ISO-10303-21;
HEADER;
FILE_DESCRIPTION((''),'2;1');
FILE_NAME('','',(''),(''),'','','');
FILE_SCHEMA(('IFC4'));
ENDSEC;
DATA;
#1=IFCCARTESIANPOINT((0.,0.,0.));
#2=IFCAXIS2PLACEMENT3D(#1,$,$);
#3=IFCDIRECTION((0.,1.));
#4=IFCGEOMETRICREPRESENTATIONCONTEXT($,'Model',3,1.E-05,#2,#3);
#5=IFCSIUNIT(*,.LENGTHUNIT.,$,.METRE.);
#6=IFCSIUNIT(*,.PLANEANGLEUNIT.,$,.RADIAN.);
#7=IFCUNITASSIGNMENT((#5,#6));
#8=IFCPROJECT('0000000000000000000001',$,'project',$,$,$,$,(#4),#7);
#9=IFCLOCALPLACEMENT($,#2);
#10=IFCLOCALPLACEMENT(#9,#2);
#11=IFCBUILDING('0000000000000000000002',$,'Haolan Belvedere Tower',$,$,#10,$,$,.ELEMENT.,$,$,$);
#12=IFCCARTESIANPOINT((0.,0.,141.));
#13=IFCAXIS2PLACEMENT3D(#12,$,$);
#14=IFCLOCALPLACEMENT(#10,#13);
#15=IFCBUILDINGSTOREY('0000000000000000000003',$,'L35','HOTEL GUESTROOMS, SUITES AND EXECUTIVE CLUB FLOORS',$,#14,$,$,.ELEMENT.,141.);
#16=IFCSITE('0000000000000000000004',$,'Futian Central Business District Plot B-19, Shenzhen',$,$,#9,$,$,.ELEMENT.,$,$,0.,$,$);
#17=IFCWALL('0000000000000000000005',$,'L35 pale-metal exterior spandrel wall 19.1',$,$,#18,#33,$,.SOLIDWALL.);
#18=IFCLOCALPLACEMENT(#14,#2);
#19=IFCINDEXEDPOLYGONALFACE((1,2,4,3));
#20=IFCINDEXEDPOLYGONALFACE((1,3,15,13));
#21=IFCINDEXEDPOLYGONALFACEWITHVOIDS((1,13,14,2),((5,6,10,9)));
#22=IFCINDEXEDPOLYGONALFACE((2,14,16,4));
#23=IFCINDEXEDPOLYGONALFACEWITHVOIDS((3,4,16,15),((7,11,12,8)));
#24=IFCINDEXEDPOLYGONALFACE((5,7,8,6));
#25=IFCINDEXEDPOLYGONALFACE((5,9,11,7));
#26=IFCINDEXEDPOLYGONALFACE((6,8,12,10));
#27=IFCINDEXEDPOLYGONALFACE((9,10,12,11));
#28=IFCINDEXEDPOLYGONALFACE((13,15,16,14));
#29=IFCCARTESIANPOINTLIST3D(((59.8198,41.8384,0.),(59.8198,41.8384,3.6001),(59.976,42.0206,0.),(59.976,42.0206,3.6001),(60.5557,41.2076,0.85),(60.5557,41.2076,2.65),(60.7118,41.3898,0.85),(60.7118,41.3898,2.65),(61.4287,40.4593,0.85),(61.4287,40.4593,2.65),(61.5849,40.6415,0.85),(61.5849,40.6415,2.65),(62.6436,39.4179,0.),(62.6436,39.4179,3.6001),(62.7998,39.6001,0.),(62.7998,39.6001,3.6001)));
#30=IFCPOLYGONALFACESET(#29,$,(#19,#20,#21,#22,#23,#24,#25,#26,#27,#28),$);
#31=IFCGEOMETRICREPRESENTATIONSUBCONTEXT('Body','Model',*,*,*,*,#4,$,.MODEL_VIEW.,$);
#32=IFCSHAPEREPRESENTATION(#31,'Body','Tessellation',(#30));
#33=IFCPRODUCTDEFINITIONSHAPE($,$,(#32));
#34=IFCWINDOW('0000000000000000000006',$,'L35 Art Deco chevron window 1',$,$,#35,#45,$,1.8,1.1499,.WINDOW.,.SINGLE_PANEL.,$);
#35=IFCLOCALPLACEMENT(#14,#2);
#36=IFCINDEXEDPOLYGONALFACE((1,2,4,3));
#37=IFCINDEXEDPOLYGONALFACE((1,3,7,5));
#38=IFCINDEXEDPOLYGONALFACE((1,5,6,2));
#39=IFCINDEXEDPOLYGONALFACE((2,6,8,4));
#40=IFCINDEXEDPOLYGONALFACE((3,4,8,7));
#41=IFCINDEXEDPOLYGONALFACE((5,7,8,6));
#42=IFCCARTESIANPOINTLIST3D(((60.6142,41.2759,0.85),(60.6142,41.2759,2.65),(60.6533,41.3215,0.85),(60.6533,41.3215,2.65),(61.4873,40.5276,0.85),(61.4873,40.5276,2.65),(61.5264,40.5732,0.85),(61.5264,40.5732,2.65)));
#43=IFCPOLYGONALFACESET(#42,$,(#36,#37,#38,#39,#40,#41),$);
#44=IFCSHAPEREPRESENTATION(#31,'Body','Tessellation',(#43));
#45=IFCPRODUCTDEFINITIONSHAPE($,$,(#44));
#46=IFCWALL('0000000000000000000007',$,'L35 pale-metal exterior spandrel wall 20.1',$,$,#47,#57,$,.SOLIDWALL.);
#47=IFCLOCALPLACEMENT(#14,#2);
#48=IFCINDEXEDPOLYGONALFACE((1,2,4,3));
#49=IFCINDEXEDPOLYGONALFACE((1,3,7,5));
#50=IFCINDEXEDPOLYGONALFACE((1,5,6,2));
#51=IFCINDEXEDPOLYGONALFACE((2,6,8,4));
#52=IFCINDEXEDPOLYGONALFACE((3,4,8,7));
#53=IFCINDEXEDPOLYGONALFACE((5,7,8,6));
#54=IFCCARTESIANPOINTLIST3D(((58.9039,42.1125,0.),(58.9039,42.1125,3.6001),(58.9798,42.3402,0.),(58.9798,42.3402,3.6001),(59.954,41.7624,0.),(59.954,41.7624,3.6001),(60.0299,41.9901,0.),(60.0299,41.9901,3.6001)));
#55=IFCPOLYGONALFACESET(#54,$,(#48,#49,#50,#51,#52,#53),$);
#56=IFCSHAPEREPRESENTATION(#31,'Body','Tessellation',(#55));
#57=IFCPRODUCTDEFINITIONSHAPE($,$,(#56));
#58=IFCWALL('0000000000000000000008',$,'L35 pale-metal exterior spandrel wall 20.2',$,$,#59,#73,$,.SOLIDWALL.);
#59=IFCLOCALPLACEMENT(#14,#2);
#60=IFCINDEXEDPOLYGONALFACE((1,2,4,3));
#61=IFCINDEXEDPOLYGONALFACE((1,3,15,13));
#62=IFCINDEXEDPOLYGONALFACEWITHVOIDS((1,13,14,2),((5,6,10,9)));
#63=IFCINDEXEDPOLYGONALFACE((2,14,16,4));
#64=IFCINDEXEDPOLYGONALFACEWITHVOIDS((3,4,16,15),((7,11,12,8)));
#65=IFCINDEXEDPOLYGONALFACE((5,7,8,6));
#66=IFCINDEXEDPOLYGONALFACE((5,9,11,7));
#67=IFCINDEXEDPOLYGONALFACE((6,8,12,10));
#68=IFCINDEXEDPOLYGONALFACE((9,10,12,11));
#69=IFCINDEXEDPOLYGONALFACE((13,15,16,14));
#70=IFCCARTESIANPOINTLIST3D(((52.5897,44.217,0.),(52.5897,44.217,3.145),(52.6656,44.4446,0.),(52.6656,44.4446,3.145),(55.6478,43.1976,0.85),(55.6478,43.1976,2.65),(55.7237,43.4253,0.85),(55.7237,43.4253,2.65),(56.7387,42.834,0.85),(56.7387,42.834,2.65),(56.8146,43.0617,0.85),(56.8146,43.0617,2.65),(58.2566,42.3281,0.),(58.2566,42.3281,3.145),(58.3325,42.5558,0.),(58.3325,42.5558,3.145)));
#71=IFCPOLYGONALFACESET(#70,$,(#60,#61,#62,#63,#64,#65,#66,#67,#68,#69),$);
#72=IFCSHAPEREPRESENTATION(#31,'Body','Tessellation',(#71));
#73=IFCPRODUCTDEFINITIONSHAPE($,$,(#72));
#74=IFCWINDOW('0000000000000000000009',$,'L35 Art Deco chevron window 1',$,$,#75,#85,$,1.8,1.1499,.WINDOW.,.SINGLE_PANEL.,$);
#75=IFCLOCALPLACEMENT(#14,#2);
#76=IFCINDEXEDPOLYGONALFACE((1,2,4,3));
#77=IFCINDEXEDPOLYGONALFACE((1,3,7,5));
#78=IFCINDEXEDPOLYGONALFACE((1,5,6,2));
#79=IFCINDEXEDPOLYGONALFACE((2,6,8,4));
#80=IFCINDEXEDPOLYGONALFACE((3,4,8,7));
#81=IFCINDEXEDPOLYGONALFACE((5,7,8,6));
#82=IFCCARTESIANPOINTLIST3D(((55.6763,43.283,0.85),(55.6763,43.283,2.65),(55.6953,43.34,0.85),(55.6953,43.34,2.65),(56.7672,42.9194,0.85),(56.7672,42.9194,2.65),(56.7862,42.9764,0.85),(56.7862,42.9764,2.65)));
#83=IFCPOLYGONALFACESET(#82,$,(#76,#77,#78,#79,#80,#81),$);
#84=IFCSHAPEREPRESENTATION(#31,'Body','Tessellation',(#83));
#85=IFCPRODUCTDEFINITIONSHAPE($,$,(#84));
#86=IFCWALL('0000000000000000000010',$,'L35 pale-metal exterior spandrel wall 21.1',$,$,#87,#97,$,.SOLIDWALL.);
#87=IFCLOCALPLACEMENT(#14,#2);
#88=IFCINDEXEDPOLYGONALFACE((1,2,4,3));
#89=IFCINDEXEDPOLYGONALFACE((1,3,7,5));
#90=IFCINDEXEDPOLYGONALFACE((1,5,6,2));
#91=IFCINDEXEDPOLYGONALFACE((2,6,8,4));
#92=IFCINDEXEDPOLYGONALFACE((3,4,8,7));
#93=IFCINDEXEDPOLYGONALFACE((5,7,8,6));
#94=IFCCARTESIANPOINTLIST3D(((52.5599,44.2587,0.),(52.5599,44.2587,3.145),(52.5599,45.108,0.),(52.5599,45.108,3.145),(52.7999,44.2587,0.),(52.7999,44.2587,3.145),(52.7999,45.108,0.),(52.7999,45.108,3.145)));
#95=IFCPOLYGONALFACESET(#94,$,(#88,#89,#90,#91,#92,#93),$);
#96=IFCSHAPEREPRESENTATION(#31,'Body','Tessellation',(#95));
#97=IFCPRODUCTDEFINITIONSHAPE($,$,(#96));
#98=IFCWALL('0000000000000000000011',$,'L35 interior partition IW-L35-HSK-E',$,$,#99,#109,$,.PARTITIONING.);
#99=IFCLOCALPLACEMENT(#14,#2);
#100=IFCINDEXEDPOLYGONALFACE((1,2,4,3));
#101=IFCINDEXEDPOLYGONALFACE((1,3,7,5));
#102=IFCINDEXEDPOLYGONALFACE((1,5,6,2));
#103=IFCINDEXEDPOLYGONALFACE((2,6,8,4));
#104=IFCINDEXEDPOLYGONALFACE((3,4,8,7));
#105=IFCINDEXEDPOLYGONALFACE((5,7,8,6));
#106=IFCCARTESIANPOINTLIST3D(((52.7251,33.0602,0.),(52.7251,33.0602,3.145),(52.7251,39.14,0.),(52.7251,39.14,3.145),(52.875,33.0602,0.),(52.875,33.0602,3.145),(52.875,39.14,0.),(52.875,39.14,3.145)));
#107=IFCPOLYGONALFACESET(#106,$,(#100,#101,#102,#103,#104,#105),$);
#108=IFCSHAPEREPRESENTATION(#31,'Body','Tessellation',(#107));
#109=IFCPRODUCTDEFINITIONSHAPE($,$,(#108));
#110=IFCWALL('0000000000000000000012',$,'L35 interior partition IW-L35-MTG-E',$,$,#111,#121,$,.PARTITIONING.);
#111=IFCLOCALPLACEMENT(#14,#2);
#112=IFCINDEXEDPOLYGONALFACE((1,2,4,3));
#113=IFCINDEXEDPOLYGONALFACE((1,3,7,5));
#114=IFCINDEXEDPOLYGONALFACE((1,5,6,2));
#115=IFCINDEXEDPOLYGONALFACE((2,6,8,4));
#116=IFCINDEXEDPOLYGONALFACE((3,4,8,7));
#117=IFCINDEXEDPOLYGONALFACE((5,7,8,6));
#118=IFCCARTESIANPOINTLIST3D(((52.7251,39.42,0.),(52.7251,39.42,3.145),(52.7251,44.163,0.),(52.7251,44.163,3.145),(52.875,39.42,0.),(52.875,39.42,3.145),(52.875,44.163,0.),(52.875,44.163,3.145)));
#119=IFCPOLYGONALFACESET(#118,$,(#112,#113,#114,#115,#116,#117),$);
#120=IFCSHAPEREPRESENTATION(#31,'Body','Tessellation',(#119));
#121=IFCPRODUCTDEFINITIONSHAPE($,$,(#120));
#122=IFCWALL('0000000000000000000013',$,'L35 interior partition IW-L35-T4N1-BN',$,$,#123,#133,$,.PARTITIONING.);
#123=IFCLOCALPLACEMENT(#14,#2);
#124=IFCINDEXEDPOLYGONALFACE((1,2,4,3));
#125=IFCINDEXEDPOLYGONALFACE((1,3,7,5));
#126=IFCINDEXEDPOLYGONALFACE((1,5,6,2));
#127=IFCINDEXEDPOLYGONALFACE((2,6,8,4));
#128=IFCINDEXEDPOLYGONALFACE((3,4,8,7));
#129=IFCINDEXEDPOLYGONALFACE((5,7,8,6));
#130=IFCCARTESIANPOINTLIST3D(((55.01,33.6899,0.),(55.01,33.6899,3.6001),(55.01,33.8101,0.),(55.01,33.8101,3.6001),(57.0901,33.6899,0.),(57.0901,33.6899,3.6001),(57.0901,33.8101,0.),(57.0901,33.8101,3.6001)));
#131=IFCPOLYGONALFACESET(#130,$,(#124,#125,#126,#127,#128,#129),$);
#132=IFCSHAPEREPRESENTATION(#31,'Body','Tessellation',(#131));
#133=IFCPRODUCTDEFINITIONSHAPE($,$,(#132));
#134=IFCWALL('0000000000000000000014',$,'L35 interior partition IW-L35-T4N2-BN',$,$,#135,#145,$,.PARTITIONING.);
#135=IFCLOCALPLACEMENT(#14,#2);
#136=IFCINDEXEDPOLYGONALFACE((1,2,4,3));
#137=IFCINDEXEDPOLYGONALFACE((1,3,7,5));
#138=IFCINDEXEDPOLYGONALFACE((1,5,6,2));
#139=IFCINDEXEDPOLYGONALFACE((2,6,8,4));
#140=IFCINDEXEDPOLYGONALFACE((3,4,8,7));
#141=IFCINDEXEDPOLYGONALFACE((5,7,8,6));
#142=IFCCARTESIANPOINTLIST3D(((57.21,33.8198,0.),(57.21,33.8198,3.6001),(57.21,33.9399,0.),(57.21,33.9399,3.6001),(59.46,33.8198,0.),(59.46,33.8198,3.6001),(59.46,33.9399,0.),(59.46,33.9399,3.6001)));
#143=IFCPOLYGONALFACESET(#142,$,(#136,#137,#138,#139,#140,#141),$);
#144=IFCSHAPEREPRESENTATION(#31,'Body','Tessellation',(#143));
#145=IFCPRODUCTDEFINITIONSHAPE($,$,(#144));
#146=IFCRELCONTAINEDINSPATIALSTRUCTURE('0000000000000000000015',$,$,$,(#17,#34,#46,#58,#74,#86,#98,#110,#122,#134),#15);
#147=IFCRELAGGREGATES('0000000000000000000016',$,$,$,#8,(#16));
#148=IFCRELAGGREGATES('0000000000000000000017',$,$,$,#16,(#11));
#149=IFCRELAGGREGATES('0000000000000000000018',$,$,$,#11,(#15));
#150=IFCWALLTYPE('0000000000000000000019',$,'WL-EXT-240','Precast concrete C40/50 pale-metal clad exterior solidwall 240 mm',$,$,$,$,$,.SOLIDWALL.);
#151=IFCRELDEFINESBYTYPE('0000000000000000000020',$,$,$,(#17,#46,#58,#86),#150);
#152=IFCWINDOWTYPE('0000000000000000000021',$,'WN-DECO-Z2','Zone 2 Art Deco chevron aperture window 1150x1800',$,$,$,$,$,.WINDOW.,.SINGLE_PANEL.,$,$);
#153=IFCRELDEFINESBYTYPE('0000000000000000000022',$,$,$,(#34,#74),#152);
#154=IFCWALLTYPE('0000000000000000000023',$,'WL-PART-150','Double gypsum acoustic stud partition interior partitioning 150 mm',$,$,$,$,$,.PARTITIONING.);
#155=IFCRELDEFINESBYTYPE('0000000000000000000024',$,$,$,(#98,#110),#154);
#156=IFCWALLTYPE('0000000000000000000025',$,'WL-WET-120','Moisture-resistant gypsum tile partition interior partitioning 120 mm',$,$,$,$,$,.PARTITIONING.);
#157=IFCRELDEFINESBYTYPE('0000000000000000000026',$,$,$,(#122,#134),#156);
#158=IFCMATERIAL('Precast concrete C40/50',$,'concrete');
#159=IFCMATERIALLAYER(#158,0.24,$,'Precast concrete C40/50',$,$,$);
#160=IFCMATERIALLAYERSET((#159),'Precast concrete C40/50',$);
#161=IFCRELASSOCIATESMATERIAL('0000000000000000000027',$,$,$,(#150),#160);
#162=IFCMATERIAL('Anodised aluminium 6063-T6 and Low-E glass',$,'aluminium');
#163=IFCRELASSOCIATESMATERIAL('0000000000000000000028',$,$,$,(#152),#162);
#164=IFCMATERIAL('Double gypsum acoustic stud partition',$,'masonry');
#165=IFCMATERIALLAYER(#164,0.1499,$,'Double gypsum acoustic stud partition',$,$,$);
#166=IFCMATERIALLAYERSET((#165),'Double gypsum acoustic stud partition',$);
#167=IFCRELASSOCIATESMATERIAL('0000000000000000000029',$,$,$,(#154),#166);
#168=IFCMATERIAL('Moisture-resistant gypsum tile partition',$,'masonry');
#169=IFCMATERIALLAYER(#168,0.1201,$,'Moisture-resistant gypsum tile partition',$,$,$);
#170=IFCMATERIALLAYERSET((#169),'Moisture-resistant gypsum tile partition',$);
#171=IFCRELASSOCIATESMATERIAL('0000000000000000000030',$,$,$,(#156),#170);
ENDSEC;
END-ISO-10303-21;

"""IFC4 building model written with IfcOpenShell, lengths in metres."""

from ifc_helpers import new_model, si_unit, direction, frame, frame_2d, origin, place, context, subcontext, project, spatial, rectangle, extrude, material, layer, layer_set, type_object, element, fill, save


model = new_model("IFC4")

# Units and contexts
model_context = context("Model", 3, precision=1e-05, world=origin(), true_north=direction((0.0, 1.0)))
body_context = subcontext(model_context, "Body", "Model", "MODEL_VIEW")
ifc_project = project(units=[si_unit("LENGTHUNIT", "METRE"), si_unit("PLANEANGLEUNIT", "RADIAN")], contexts=[model_context])

# Site, building, storey
site_placement = place(None, origin())
site = spatial("IfcSite", under=ifc_project, at=site_placement, Name="Futian Central Business District Plot B-19, Shenzhen", CompositionType="ELEMENT", RefElevation=0.0)
building_placement = place(site_placement, origin())
building = spatial("IfcBuilding", under=site, at=building_placement, Name="Haolan Belvedere Tower", CompositionType="ELEMENT")
storey_placement = place(building_placement, frame((0.0, 0.0, 141.0)))
storey = spatial("IfcBuildingStorey", under=building, at=storey_placement, Name="L35", Description="HOTEL GUESTROOMS, SUITES AND EXECUTIVE CLUB FLOORS", CompositionType="ELEMENT", Elevation=141.0)

# Shared definitions
ifc_material_1 = material(Name="Precast concrete C40/50", Category="concrete")
ifc_layer_1 = layer(ifc_material_1, 0.24, Name="Precast concrete C40/50")
ifc_layer_set_1 = layer_set([ifc_layer_1], Name="Precast concrete C40/50")
wall_type_1 = type_object("IfcWallType", Name="WL-EXT-240", Description="Precast concrete C40/50 pale-metal clad exterior solidwall 240 mm", PredefinedType="SOLIDWALL", material=ifc_layer_set_1)

# Wall, opening, window
wall_1_placement = place(storey_placement, frame((62.7217, 39.509, 0.0), z_axis=(0.0, 0.0, 1.0), x_axis=(-0.759247, 0.650802, 0.0)))
wall_1 = element("IfcWall", 1, at=wall_1_placement, inside=storey, type_object=wall_type_1, Name="L35 pale-metal exterior spandrel wall 19.1", PredefinedType="SOLIDWALL", context=body_context, shape_type="SweptSolid", body=[
    extrude(rectangle(XDim=3.7192, YDim=0.24, at=frame_2d((1.8596, 0.0))), origin(), (0.0, 0.0, 1.0), 3.6001),
])
opening_1_placement = place(wall_1_placement, frame((1.6001, 0.0, 0.8501)))
opening_1 = element("IfcOpeningElement", 2, at=opening_1_placement, cuts=wall_1, PredefinedType="OPENING", context=body_context, shape_type="SweptSolid", body=[
    extrude(rectangle(XDim=1.1499, YDim=1.8, at=frame_2d((0.575, 0.8999))), frame((0.0, 0.1299, 0.0), z_axis=(0.0, -1.0, 0.0), x_axis=(1.0, 0.0, 0.0)), (0.0, 0.0, 1.0), 0.26),
])
ifc_material_2 = material(Name="Anodised aluminium 6063-T6 and Low-E glass", Category="aluminium")
window_type = type_object("IfcWindowType", Name="WN-DECO-Z2", Description="Zone 2 Art Deco chevron aperture window 1150x1800", PartitioningType="SINGLE_PANEL", PredefinedType="WINDOW", material=ifc_material_2)
window_1_placement = place(opening_1_placement, origin())
window_1 = element("IfcWindow", 3, at=window_1_placement, inside=storey, type_object=window_type, Name="L35 Art Deco chevron window 1", OverallHeight=1.8, OverallWidth=1.1499, PartitioningType="SINGLE_PANEL", PredefinedType="WINDOW", context=body_context, shape_type="SweptSolid", body=[
    extrude(rectangle(XDim=1.1499, YDim=1.8, at=frame_2d((0.575, 0.8999))), frame((0.0, 0.03, 0.0), z_axis=(0.0, -1.0, 0.0), x_axis=(1.0, 0.0, 0.0)), (0.0, 0.0, 1.0), 0.0601),
])
fill(opening_1, window_1)

# Wall
wall_2_placement = place(storey_placement, frame((59.9919, 41.8762, 0.0), z_axis=(0.0, 0.0, 1.0), x_axis=(-0.948661, 0.316294, 0.0)))
element("IfcWall", 4, at=wall_2_placement, inside=storey, type_object=wall_type_1, Name="L35 pale-metal exterior spandrel wall 20.1", PredefinedType="SOLIDWALL", context=body_context, shape_type="SweptSolid", body=[
    extrude(rectangle(XDim=1.1069, YDim=0.24, at=frame_2d((0.5535, 0.0))), origin(), (0.0, 0.0, 1.0), 3.6001),
])

# Wall, opening, window
wall_3_placement = place(storey_placement, frame((58.2947, 42.4419, 0.0), z_axis=(0.0, 0.0, 1.0), x_axis=(-0.948687, 0.316216, 0.0)))
wall_3 = element("IfcWall", 5, at=wall_3_placement, inside=storey, type_object=wall_type_1, Name="L35 pale-metal exterior spandrel wall 20.2", PredefinedType="SOLIDWALL", context=body_context, shape_type="SweptSolid", body=[
    extrude(rectangle(XDim=5.9734, YDim=0.24, at=frame_2d((2.9868, 0.0))), origin(), (0.0, 0.0, 1.0), 3.145),
])
opening_2_placement = place(wall_3_placement, frame((1.6001, 0.0, 0.8501)))
opening_2 = element("IfcOpeningElement", 6, at=opening_2_placement, cuts=wall_3, PredefinedType="OPENING", context=body_context, shape_type="SweptSolid", body=[
    extrude(rectangle(XDim=1.1499, YDim=1.8, at=frame_2d((0.575, 0.8999))), frame((0.0, 0.1299, 0.0), z_axis=(0.0, -1.0, 0.0), x_axis=(1.0, 0.0, 0.0)), (0.0, 0.0, 1.0), 0.26),
])
window_2_placement = place(opening_2_placement, origin())
window_2 = element("IfcWindow", 7, at=window_2_placement, inside=storey, type_object=window_type, Name="L35 Art Deco chevron window 1", OverallHeight=1.8, OverallWidth=1.1499, PartitioningType="SINGLE_PANEL", PredefinedType="WINDOW", context=body_context, shape_type="SweptSolid", body=[
    extrude(rectangle(XDim=1.1499, YDim=1.8, at=frame_2d((0.575, 0.8999))), frame((0.0, 0.03, 0.0), z_axis=(0.0, -1.0, 0.0), x_axis=(1.0, 0.0, 0.0)), (0.0, 0.0, 1.0), 0.0601),
])
fill(opening_2, window_2)

# Walls
wall_4_placement = place(storey_placement, frame((52.6799, 44.2585, 0.0), z_axis=(0.0, 0.0, 1.0), x_axis=(0.0, 1.0, 0.0)))
element("IfcWall", 8, at=wall_4_placement, inside=storey, type_object=wall_type_1, Name="L35 pale-metal exterior spandrel wall 21.1", PredefinedType="SOLIDWALL", context=body_context, shape_type="SweptSolid", body=[
    extrude(rectangle(XDim=0.8494, YDim=0.24, at=frame_2d((0.4248, 0.0))), origin(), (0.0, 0.0, 1.0), 3.145),
])
ifc_material_3 = material(Name="Double gypsum acoustic stud partition", Category="masonry")
ifc_layer_2 = layer(ifc_material_3, 0.1499, Name="Double gypsum acoustic stud partition")
ifc_layer_set_2 = layer_set([ifc_layer_2], Name="Double gypsum acoustic stud partition")
wall_type_2 = type_object("IfcWallType", Name="WL-PART-150", Description="Double gypsum acoustic stud partition interior partitioning 150 mm", PredefinedType="PARTITIONING", material=ifc_layer_set_2)
wall_5_placement = place(storey_placement, frame((52.8, 33.0601, 0.0), z_axis=(0.0, 0.0, 1.0), x_axis=(0.0, 1.0, 0.0)))
element("IfcWall", 9, at=wall_5_placement, inside=storey, type_object=wall_type_2, Name="L35 interior partition IW-L35-HSK-E", PredefinedType="PARTITIONING", context=body_context, shape_type="SweptSolid", body=[
    extrude(rectangle(XDim=6.0798, YDim=0.1499, at=frame_2d((3.04, 0.0))), origin(), (0.0, 0.0, 1.0), 3.145),
])
wall_6_placement = place(storey_placement, frame((52.8, 39.4199, 0.0), z_axis=(0.0, 0.0, 1.0), x_axis=(0.0, 1.0, 0.0)))
element("IfcWall", 10, at=wall_6_placement, inside=storey, type_object=wall_type_2, Name="L35 interior partition IW-L35-MTG-E", PredefinedType="PARTITIONING", context=body_context, shape_type="SweptSolid", body=[
    extrude(rectangle(XDim=4.7429, YDim=0.1499, at=frame_2d((2.3716, 0.0))), origin(), (0.0, 0.0, 1.0), 3.145),
])
ifc_material_4 = material(Name="Moisture-resistant gypsum tile partition", Category="masonry")
ifc_layer_3 = layer(ifc_material_4, 0.1201, Name="Moisture-resistant gypsum tile partition")
ifc_layer_set_3 = layer_set([ifc_layer_3], Name="Moisture-resistant gypsum tile partition")
wall_type_3 = type_object("IfcWallType", Name="WL-WET-120", Description="Moisture-resistant gypsum tile partition interior partitioning 120 mm", PredefinedType="PARTITIONING", material=ifc_layer_set_3)
wall_7_placement = place(storey_placement, frame((55.01, 33.75, 0.0), z_axis=(0.0, 0.0, 1.0), x_axis=(1.0, 0.0, 0.0)))
element("IfcWall", 11, at=wall_7_placement, inside=storey, type_object=wall_type_3, Name="L35 interior partition IW-L35-T4N1-BN", PredefinedType="PARTITIONING", context=body_context, shape_type="SweptSolid", body=[
    extrude(rectangle(XDim=2.0801, YDim=0.1201, at=frame_2d((1.04, 0.0))), origin(), (0.0, 0.0, 1.0), 3.6001),
])
wall_8_placement = place(storey_placement, frame((57.21, 33.8799, 0.0), z_axis=(0.0, 0.0, 1.0), x_axis=(1.0, 0.0, 0.0)))
element("IfcWall", 12, at=wall_8_placement, inside=storey, type_object=wall_type_3, Name="L35 interior partition IW-L35-T4N2-BN", PredefinedType="PARTITIONING", context=body_context, shape_type="SweptSolid", body=[
    extrude(rectangle(XDim=2.25, YDim=0.1201, at=frame_2d((1.125, 0.0))), origin(), (0.0, 0.0, 1.0), 3.6001),
])

save(model, "model.ifc")
